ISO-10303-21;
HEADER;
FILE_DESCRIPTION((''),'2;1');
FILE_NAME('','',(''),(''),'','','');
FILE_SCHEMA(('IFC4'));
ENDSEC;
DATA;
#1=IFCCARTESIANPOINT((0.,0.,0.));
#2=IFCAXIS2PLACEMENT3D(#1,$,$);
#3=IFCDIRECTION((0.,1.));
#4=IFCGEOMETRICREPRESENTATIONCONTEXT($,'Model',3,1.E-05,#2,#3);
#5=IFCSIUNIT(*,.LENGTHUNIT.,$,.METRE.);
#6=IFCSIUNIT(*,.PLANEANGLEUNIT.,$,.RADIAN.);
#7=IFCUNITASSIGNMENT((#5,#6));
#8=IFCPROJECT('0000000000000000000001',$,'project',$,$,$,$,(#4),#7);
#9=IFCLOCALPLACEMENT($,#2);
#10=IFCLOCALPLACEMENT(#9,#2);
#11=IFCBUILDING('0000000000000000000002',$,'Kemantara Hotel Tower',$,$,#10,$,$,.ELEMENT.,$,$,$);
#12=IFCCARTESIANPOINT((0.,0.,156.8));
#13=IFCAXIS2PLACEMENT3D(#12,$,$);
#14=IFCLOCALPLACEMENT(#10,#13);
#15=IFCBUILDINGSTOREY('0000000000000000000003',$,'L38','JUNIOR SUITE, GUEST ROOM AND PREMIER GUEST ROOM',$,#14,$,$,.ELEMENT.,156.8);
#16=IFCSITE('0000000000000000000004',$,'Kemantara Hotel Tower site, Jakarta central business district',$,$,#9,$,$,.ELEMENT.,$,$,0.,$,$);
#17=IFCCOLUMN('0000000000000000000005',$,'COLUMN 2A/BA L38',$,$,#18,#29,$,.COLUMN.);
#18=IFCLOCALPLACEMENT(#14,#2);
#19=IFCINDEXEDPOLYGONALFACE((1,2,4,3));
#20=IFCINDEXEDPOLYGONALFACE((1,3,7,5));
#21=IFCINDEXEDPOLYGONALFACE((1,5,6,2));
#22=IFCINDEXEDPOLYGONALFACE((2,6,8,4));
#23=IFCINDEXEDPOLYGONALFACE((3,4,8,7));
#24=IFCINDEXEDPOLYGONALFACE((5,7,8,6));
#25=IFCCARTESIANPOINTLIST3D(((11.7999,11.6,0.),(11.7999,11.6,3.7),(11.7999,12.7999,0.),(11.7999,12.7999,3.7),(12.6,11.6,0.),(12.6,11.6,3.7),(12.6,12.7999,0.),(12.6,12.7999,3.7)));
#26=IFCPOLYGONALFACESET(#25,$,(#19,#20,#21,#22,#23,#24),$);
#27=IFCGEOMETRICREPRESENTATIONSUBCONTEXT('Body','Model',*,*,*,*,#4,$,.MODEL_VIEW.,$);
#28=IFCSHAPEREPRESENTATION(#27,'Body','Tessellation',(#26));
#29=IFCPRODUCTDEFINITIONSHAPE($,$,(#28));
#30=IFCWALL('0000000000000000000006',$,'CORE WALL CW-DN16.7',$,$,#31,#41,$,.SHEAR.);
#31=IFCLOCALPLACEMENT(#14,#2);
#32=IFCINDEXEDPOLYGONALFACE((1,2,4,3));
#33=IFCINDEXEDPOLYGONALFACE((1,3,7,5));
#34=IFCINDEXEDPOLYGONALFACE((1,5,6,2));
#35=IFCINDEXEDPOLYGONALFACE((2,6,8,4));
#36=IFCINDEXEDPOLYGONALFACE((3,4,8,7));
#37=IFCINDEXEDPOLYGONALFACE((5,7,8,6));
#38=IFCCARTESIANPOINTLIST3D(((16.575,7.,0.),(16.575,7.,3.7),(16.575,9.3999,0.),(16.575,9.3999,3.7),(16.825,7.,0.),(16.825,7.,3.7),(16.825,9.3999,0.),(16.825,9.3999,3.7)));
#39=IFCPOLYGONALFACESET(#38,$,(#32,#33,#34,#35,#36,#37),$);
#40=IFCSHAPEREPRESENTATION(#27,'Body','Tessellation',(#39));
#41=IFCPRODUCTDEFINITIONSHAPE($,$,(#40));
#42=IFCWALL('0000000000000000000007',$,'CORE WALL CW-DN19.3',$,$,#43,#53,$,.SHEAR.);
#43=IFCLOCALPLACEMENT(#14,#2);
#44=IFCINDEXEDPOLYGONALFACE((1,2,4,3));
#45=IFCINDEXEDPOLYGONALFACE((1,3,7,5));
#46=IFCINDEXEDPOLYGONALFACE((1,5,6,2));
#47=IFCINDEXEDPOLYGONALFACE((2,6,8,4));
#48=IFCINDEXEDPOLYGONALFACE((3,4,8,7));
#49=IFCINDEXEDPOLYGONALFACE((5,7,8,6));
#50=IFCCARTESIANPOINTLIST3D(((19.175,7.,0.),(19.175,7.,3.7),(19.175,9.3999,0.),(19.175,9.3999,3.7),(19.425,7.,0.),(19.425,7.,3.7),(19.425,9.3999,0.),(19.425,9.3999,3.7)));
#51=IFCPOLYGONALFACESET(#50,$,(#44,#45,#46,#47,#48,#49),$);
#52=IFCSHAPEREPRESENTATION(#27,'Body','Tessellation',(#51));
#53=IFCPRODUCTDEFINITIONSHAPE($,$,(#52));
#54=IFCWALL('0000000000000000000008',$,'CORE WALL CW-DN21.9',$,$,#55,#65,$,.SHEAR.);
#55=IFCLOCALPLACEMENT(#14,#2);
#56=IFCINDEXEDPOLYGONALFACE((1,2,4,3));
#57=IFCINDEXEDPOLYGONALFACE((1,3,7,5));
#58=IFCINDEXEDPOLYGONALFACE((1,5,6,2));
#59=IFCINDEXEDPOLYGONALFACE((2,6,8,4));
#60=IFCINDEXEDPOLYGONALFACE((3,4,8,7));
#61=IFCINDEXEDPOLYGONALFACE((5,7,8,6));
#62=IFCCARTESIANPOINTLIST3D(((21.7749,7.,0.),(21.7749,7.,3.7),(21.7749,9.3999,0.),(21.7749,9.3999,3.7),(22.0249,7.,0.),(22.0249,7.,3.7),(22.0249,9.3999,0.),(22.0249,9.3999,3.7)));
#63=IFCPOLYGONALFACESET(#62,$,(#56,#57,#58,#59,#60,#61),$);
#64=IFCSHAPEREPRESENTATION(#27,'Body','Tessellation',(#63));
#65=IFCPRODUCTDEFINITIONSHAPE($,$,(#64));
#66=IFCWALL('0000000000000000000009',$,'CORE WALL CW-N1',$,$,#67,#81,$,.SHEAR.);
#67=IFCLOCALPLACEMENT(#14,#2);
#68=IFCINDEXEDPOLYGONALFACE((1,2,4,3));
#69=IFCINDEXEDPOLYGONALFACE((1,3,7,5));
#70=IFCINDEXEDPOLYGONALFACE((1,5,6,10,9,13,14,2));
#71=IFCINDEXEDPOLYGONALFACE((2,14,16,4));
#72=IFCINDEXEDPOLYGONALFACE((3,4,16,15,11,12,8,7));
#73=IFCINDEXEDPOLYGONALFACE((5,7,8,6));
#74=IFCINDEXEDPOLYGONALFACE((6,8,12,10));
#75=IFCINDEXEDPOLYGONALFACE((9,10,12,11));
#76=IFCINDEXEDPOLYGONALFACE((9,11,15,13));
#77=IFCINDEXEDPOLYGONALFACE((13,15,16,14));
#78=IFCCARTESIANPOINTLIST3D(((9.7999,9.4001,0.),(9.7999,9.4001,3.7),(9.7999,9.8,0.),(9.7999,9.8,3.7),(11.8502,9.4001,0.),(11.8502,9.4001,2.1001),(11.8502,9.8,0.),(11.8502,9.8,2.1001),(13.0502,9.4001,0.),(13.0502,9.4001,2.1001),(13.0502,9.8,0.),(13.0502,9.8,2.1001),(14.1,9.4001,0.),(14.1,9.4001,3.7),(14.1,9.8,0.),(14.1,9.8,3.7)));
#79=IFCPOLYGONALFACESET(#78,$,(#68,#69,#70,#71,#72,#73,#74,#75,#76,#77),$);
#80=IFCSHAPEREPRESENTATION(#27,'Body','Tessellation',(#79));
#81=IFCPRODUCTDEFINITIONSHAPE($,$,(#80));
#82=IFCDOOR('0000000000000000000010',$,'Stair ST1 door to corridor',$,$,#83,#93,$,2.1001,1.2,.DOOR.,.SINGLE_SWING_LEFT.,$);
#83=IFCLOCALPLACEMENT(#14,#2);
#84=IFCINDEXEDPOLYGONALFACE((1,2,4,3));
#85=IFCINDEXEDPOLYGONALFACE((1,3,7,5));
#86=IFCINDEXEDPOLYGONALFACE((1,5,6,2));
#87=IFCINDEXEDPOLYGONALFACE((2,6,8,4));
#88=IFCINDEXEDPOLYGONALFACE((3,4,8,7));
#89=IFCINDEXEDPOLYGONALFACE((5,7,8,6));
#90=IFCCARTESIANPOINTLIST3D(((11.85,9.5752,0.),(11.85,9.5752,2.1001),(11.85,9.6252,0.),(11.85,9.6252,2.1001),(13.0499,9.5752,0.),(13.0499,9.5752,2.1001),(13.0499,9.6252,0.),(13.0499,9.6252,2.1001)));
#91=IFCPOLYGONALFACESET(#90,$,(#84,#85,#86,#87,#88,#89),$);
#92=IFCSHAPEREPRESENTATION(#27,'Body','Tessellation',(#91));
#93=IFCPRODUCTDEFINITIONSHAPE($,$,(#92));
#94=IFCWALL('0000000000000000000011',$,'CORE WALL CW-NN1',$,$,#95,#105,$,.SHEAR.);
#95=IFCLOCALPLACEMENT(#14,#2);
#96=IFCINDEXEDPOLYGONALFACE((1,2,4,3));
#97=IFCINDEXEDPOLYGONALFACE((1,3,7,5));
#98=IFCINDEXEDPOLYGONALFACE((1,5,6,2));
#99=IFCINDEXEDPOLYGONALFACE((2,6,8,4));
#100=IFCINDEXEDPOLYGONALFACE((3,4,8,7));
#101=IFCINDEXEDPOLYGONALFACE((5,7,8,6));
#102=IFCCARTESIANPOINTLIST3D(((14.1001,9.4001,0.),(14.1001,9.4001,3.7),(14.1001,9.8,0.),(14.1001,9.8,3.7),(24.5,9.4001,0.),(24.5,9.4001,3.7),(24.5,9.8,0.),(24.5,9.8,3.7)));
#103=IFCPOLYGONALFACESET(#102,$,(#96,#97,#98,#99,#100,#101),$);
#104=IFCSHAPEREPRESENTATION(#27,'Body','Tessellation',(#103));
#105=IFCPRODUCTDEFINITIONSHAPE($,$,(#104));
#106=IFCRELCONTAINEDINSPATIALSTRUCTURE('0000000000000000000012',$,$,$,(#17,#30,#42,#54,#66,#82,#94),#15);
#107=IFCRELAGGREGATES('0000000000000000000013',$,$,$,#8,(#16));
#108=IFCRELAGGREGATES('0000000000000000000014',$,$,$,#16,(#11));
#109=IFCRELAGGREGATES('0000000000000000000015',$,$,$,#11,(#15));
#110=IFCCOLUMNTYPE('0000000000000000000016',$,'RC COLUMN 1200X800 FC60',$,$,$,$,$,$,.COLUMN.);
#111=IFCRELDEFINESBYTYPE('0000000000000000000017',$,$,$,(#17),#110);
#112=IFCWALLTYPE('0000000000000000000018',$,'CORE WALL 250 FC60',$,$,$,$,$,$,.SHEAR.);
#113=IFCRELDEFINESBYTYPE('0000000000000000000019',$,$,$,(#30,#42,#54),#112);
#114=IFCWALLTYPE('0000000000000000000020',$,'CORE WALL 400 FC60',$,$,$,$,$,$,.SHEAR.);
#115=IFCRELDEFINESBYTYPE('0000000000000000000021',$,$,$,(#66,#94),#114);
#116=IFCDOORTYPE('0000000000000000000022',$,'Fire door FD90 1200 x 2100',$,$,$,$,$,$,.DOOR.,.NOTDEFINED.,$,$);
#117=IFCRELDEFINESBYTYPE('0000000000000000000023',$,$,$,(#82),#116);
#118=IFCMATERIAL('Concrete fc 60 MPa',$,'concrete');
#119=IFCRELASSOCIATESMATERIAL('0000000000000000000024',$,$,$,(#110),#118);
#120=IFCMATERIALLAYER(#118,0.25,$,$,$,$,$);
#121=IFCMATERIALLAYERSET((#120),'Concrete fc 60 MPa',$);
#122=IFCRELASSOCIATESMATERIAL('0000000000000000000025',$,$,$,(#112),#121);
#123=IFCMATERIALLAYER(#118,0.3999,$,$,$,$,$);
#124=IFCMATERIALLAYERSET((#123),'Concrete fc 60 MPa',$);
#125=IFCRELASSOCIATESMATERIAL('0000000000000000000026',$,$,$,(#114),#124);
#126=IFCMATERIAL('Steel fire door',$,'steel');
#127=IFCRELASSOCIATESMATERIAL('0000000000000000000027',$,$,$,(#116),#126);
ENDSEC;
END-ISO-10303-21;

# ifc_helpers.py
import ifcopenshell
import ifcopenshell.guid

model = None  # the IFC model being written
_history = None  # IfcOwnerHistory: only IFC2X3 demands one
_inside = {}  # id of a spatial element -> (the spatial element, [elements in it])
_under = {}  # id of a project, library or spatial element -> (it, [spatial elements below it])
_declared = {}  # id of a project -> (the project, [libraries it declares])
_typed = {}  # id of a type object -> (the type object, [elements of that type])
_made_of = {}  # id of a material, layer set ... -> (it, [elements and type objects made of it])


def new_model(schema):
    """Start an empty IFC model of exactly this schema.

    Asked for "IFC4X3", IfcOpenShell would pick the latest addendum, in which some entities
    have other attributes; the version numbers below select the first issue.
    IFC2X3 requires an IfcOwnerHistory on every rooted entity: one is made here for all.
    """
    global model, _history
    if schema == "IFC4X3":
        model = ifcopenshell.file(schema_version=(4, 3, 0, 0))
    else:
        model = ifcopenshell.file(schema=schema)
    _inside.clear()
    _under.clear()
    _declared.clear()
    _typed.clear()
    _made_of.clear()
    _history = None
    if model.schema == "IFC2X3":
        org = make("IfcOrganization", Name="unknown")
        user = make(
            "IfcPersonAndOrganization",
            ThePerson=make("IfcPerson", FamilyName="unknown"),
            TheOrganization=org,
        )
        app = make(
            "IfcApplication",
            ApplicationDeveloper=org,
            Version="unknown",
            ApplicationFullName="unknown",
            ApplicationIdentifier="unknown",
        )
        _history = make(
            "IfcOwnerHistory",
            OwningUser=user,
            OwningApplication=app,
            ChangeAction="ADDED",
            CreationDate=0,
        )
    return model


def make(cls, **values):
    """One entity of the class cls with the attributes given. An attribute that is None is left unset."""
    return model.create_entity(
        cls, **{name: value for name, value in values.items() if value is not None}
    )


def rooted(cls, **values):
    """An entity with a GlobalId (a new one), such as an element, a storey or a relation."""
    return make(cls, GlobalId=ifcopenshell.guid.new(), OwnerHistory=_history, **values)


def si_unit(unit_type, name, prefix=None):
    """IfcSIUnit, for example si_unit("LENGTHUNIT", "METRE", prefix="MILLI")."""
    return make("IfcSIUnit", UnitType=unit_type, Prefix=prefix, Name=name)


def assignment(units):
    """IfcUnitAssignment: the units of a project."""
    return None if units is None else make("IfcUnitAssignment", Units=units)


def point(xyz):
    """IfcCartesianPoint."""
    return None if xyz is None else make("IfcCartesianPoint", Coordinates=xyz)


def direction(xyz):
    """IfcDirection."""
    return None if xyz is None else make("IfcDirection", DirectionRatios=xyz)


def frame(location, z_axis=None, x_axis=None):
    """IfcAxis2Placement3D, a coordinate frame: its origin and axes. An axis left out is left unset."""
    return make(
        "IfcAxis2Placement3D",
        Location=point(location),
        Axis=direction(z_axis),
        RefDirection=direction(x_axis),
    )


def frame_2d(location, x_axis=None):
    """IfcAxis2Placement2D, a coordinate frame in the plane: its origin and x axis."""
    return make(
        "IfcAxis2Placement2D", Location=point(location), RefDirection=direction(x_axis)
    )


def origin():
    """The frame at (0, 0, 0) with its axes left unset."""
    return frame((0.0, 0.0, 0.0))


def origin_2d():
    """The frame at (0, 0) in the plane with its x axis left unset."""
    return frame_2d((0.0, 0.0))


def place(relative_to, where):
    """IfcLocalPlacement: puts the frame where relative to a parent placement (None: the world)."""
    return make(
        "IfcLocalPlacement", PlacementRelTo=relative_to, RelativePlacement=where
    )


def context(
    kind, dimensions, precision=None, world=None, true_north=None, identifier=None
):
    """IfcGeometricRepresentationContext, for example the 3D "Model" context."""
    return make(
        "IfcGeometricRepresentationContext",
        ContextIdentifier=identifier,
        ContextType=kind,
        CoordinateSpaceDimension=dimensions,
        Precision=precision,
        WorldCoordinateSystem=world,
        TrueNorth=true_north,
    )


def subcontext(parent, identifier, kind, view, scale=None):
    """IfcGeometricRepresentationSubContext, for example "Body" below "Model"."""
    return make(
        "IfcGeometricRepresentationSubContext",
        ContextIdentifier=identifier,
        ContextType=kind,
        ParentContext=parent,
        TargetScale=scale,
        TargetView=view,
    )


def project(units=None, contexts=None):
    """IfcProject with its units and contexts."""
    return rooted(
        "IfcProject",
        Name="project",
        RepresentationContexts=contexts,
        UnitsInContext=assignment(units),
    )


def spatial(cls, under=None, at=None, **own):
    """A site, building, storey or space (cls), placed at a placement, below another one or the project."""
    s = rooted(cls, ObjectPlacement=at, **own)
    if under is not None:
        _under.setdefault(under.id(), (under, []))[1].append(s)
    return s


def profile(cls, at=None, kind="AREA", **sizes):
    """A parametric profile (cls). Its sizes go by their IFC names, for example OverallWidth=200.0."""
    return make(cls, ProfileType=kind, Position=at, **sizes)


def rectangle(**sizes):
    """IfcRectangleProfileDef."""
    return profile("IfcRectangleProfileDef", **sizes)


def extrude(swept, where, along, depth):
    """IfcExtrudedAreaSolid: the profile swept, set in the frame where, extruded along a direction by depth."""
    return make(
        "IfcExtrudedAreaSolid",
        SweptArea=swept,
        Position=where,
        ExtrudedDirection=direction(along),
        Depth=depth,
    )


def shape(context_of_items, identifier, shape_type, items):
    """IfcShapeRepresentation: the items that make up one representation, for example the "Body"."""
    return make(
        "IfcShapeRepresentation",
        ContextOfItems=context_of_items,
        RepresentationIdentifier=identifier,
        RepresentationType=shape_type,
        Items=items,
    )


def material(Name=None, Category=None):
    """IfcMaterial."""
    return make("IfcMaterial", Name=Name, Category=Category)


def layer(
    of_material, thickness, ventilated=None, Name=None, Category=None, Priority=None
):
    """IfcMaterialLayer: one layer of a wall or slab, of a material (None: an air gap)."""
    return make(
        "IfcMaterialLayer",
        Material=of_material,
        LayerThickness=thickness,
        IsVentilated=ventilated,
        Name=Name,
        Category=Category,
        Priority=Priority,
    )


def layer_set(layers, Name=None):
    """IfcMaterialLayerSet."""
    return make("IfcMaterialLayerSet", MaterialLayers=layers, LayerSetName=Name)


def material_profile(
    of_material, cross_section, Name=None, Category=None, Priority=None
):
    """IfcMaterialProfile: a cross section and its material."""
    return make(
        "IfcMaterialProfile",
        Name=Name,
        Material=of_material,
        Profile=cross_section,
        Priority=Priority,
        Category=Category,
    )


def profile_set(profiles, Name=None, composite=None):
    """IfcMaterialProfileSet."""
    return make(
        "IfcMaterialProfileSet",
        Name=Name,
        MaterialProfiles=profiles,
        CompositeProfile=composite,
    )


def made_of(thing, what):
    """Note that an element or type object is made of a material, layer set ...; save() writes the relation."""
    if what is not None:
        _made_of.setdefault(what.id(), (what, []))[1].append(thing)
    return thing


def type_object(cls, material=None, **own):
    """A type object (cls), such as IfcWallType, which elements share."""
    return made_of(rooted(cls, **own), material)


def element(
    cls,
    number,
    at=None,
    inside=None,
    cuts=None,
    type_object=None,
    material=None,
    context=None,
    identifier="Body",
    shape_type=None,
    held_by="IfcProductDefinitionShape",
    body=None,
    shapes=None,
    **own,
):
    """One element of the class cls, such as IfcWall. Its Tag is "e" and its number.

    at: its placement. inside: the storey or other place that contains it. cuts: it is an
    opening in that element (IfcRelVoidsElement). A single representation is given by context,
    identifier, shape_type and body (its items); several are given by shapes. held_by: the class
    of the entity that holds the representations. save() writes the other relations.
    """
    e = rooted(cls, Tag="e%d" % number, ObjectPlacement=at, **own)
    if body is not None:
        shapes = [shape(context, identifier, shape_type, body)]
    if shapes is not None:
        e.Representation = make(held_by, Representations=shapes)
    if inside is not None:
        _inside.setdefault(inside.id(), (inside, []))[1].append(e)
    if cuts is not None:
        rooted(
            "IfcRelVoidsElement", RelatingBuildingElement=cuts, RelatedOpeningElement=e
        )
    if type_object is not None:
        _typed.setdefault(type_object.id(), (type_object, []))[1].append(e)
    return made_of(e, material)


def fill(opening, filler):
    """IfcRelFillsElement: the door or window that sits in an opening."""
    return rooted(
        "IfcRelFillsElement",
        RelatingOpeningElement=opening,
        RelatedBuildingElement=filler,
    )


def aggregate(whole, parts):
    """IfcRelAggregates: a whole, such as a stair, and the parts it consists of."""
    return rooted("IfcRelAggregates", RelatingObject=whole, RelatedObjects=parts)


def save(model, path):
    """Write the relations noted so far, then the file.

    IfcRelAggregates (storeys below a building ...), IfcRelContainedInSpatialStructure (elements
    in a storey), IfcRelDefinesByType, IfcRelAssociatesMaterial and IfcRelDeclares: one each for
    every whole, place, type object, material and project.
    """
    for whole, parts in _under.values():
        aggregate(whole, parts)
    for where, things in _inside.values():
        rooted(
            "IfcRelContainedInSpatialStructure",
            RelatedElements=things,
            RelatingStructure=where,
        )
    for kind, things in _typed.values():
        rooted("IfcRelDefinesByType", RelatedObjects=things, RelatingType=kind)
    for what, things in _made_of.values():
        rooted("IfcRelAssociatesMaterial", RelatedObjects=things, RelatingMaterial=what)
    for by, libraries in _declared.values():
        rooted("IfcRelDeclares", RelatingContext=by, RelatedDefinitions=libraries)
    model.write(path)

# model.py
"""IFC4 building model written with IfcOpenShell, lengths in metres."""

from ifc_helpers import new_model, si_unit, direction, frame, frame_2d, origin, origin_2d, place, context, subcontext, project, spatial, rectangle, extrude, material, layer, layer_set, material_profile, profile_set, type_object, element, fill, save


model = new_model("IFC4")

# Units and contexts
model_context = context("Model", 3, precision=1e-05, world=origin(), true_north=direction((0.0, 1.0)))
body_context = subcontext(model_context, "Body", "Model", "MODEL_VIEW")
ifc_project = project(units=[si_unit("LENGTHUNIT", "METRE"), si_unit("PLANEANGLEUNIT", "RADIAN")], contexts=[model_context])

# Site, building, storey
site_placement = place(None, origin())
site = spatial("IfcSite", under=ifc_project, at=site_placement, Name="Kemantara Hotel Tower site, Jakarta central business district", CompositionType="ELEMENT", RefElevation=0.0)
building_placement = place(site_placement, origin())
building = spatial("IfcBuilding", under=site, at=building_placement, Name="Kemantara Hotel Tower", CompositionType="ELEMENT")
storey_placement = place(building_placement, frame((0.0, 0.0, 156.8)))
storey = spatial("IfcBuildingStorey", under=building, at=storey_placement, Name="L38", Description="JUNIOR SUITE, GUEST ROOM AND PREMIER GUEST ROOM", CompositionType="ELEMENT", Elevation=156.8)

# Column
ifc_material_1 = material(Name="Concrete fc 60 MPa", Category="concrete")
ifc_material_profile = material_profile(ifc_material_1, rectangle(XDim=1.2, YDim=0.8, at=origin_2d()), Name="RC 1200X800")
ifc_profile_set = profile_set([ifc_material_profile], Name="Concrete fc 60 MPa")
column_type = type_object("IfcColumnType", Name="RC COLUMN 1200X800 FC60", PredefinedType="COLUMN", material=ifc_profile_set)
column_placement = place(storey_placement, frame((12.2, 12.2, 0.0), z_axis=(0.0, 0.0, 1.0), x_axis=(0.0, 1.0, 0.0)))
element("IfcColumn", 1, at=column_placement, inside=storey, type_object=column_type, Name="COLUMN 2A/BA L38", PredefinedType="COLUMN", context=body_context, shape_type="SweptSolid", body=[
    extrude(rectangle(XDim=1.2, YDim=0.8, at=origin_2d()), origin(), (0.0, 0.0, 1.0), 3.7),
])

# Walls
ifc_layer_1 = layer(ifc_material_1, 0.25)
ifc_layer_set_1 = layer_set([ifc_layer_1], Name="Concrete fc 60 MPa")
wall_type_1 = type_object("IfcWallType", Name="CORE WALL 250 FC60", PredefinedType="SHEAR", material=ifc_layer_set_1)
for number, where, z_axis, x_axis, name in (
    (2, (16.7, 7.0, 0.0), (0.0, 0.0, 1.0), (0.0, 1.0, 0.0), "CORE WALL CW-DN16.7"),
    (3, (19.3, 7.0, 0.0), (0.0, 0.0, 1.0), (0.0, 1.0, 0.0), "CORE WALL CW-DN19.3"),
    (4, (21.8999, 7.0, 0.0), (0.0, 0.0, 1.0), (0.0, 1.0, 0.0), "CORE WALL CW-DN21.9"),
):
    element("IfcWall", number, at=place(storey_placement, frame(where, z_axis=z_axis, x_axis=x_axis)), inside=storey, type_object=wall_type_1, Name=name, PredefinedType="SHEAR", context=body_context, shape_type="SweptSolid", body=[
        extrude(rectangle(XDim=2.3999, YDim=0.25, at=frame_2d((1.2, 0.0))), origin(), (0.0, 0.0, 1.0), 3.7),
    ])

# Wall, opening, door
ifc_layer_2 = layer(ifc_material_1, 0.3999)
ifc_layer_set_2 = layer_set([ifc_layer_2], Name="Concrete fc 60 MPa")
wall_type_2 = type_object("IfcWallType", Name="CORE WALL 400 FC60", PredefinedType="SHEAR", material=ifc_layer_set_2)
wall_1_placement = place(storey_placement, frame((9.8, 9.6001, 0.0), z_axis=(0.0, 0.0, 1.0), x_axis=(1.0, 0.0, 0.0)))
wall_1 = element("IfcWall", 5, at=wall_1_placement, inside=storey, type_object=wall_type_2, Name="CORE WALL CW-N1", PredefinedType="SHEAR", context=body_context, shape_type="SweptSolid", body=[
    extrude(rectangle(XDim=4.3, YDim=0.3999, at=frame_2d((2.1499, 0.0))), origin(), (0.0, 0.0, 1.0), 3.7),
])
opening_1_placement = place(wall_1_placement, frame((2.05, 0.0, 0.0)))
opening_1 = element("IfcOpeningElement", 6, at=opening_1_placement, cuts=wall_1, PredefinedType="OPENING", context=body_context, shape_type="SweptSolid", body=[
    extrude(rectangle(XDim=1.2, YDim=2.1001, at=frame_2d((0.6001, 1.05))), frame((0.0, 0.21, 0.0), z_axis=(0.0, -1.0, 0.0), x_axis=(1.0, 0.0, 0.0)), (0.0, 0.0, 1.0), 0.4199),
])
ifc_material_2 = material(Name="Steel fire door", Category="steel")
door_type_1 = type_object("IfcDoorType", Name="Fire door FD90 1200 x 2100", OperationType="NOTDEFINED", PredefinedType="DOOR", material=ifc_material_2)
door_1_placement = place(opening_1_placement, frame((1.2, 0.0, 0.0), z_axis=(0.0, 0.0, 1.0), x_axis=(-1.0, 0.0, 0.0)))
door_1 = element("IfcDoor", 7, at=door_1_placement, inside=storey, type_object=door_type_1, Name="Stair ST1 door to corridor", OperationType="SINGLE_SWING_LEFT", OverallHeight=2.1001, OverallWidth=1.2, PredefinedType="DOOR", context=body_context, shape_type="SweptSolid", body=[
    extrude(rectangle(XDim=1.2, YDim=2.1001, at=frame_2d((0.6001, 1.05))), frame((0.0, 0.0249, 0.0), z_axis=(0.0, -1.0, 0.0), x_axis=(1.0, 0.0, 0.0)), (0.0, 0.0, 1.0), 0.05),
])
fill(opening_1, door_1)

# Wall
wall_2_placement = place(storey_placement, frame((14.1001, 9.6001, 0.0), z_axis=(0.0, 0.0, 1.0), x_axis=(1.0, 0.0, 0.0)))
element("IfcWall", 8, at=wall_2_placement, inside=storey, type_object=wall_type_2, Name="CORE WALL CW-NN1", PredefinedType="SHEAR", context=body_context, shape_type="SweptSolid", body=[
    extrude(rectangle(XDim=10.3999, YDim=0.3999, at=frame_2d((5.2, 0.0))), origin(), (0.0, 0.0, 1.0), 3.7),
])

save(model, "model.ifc")
